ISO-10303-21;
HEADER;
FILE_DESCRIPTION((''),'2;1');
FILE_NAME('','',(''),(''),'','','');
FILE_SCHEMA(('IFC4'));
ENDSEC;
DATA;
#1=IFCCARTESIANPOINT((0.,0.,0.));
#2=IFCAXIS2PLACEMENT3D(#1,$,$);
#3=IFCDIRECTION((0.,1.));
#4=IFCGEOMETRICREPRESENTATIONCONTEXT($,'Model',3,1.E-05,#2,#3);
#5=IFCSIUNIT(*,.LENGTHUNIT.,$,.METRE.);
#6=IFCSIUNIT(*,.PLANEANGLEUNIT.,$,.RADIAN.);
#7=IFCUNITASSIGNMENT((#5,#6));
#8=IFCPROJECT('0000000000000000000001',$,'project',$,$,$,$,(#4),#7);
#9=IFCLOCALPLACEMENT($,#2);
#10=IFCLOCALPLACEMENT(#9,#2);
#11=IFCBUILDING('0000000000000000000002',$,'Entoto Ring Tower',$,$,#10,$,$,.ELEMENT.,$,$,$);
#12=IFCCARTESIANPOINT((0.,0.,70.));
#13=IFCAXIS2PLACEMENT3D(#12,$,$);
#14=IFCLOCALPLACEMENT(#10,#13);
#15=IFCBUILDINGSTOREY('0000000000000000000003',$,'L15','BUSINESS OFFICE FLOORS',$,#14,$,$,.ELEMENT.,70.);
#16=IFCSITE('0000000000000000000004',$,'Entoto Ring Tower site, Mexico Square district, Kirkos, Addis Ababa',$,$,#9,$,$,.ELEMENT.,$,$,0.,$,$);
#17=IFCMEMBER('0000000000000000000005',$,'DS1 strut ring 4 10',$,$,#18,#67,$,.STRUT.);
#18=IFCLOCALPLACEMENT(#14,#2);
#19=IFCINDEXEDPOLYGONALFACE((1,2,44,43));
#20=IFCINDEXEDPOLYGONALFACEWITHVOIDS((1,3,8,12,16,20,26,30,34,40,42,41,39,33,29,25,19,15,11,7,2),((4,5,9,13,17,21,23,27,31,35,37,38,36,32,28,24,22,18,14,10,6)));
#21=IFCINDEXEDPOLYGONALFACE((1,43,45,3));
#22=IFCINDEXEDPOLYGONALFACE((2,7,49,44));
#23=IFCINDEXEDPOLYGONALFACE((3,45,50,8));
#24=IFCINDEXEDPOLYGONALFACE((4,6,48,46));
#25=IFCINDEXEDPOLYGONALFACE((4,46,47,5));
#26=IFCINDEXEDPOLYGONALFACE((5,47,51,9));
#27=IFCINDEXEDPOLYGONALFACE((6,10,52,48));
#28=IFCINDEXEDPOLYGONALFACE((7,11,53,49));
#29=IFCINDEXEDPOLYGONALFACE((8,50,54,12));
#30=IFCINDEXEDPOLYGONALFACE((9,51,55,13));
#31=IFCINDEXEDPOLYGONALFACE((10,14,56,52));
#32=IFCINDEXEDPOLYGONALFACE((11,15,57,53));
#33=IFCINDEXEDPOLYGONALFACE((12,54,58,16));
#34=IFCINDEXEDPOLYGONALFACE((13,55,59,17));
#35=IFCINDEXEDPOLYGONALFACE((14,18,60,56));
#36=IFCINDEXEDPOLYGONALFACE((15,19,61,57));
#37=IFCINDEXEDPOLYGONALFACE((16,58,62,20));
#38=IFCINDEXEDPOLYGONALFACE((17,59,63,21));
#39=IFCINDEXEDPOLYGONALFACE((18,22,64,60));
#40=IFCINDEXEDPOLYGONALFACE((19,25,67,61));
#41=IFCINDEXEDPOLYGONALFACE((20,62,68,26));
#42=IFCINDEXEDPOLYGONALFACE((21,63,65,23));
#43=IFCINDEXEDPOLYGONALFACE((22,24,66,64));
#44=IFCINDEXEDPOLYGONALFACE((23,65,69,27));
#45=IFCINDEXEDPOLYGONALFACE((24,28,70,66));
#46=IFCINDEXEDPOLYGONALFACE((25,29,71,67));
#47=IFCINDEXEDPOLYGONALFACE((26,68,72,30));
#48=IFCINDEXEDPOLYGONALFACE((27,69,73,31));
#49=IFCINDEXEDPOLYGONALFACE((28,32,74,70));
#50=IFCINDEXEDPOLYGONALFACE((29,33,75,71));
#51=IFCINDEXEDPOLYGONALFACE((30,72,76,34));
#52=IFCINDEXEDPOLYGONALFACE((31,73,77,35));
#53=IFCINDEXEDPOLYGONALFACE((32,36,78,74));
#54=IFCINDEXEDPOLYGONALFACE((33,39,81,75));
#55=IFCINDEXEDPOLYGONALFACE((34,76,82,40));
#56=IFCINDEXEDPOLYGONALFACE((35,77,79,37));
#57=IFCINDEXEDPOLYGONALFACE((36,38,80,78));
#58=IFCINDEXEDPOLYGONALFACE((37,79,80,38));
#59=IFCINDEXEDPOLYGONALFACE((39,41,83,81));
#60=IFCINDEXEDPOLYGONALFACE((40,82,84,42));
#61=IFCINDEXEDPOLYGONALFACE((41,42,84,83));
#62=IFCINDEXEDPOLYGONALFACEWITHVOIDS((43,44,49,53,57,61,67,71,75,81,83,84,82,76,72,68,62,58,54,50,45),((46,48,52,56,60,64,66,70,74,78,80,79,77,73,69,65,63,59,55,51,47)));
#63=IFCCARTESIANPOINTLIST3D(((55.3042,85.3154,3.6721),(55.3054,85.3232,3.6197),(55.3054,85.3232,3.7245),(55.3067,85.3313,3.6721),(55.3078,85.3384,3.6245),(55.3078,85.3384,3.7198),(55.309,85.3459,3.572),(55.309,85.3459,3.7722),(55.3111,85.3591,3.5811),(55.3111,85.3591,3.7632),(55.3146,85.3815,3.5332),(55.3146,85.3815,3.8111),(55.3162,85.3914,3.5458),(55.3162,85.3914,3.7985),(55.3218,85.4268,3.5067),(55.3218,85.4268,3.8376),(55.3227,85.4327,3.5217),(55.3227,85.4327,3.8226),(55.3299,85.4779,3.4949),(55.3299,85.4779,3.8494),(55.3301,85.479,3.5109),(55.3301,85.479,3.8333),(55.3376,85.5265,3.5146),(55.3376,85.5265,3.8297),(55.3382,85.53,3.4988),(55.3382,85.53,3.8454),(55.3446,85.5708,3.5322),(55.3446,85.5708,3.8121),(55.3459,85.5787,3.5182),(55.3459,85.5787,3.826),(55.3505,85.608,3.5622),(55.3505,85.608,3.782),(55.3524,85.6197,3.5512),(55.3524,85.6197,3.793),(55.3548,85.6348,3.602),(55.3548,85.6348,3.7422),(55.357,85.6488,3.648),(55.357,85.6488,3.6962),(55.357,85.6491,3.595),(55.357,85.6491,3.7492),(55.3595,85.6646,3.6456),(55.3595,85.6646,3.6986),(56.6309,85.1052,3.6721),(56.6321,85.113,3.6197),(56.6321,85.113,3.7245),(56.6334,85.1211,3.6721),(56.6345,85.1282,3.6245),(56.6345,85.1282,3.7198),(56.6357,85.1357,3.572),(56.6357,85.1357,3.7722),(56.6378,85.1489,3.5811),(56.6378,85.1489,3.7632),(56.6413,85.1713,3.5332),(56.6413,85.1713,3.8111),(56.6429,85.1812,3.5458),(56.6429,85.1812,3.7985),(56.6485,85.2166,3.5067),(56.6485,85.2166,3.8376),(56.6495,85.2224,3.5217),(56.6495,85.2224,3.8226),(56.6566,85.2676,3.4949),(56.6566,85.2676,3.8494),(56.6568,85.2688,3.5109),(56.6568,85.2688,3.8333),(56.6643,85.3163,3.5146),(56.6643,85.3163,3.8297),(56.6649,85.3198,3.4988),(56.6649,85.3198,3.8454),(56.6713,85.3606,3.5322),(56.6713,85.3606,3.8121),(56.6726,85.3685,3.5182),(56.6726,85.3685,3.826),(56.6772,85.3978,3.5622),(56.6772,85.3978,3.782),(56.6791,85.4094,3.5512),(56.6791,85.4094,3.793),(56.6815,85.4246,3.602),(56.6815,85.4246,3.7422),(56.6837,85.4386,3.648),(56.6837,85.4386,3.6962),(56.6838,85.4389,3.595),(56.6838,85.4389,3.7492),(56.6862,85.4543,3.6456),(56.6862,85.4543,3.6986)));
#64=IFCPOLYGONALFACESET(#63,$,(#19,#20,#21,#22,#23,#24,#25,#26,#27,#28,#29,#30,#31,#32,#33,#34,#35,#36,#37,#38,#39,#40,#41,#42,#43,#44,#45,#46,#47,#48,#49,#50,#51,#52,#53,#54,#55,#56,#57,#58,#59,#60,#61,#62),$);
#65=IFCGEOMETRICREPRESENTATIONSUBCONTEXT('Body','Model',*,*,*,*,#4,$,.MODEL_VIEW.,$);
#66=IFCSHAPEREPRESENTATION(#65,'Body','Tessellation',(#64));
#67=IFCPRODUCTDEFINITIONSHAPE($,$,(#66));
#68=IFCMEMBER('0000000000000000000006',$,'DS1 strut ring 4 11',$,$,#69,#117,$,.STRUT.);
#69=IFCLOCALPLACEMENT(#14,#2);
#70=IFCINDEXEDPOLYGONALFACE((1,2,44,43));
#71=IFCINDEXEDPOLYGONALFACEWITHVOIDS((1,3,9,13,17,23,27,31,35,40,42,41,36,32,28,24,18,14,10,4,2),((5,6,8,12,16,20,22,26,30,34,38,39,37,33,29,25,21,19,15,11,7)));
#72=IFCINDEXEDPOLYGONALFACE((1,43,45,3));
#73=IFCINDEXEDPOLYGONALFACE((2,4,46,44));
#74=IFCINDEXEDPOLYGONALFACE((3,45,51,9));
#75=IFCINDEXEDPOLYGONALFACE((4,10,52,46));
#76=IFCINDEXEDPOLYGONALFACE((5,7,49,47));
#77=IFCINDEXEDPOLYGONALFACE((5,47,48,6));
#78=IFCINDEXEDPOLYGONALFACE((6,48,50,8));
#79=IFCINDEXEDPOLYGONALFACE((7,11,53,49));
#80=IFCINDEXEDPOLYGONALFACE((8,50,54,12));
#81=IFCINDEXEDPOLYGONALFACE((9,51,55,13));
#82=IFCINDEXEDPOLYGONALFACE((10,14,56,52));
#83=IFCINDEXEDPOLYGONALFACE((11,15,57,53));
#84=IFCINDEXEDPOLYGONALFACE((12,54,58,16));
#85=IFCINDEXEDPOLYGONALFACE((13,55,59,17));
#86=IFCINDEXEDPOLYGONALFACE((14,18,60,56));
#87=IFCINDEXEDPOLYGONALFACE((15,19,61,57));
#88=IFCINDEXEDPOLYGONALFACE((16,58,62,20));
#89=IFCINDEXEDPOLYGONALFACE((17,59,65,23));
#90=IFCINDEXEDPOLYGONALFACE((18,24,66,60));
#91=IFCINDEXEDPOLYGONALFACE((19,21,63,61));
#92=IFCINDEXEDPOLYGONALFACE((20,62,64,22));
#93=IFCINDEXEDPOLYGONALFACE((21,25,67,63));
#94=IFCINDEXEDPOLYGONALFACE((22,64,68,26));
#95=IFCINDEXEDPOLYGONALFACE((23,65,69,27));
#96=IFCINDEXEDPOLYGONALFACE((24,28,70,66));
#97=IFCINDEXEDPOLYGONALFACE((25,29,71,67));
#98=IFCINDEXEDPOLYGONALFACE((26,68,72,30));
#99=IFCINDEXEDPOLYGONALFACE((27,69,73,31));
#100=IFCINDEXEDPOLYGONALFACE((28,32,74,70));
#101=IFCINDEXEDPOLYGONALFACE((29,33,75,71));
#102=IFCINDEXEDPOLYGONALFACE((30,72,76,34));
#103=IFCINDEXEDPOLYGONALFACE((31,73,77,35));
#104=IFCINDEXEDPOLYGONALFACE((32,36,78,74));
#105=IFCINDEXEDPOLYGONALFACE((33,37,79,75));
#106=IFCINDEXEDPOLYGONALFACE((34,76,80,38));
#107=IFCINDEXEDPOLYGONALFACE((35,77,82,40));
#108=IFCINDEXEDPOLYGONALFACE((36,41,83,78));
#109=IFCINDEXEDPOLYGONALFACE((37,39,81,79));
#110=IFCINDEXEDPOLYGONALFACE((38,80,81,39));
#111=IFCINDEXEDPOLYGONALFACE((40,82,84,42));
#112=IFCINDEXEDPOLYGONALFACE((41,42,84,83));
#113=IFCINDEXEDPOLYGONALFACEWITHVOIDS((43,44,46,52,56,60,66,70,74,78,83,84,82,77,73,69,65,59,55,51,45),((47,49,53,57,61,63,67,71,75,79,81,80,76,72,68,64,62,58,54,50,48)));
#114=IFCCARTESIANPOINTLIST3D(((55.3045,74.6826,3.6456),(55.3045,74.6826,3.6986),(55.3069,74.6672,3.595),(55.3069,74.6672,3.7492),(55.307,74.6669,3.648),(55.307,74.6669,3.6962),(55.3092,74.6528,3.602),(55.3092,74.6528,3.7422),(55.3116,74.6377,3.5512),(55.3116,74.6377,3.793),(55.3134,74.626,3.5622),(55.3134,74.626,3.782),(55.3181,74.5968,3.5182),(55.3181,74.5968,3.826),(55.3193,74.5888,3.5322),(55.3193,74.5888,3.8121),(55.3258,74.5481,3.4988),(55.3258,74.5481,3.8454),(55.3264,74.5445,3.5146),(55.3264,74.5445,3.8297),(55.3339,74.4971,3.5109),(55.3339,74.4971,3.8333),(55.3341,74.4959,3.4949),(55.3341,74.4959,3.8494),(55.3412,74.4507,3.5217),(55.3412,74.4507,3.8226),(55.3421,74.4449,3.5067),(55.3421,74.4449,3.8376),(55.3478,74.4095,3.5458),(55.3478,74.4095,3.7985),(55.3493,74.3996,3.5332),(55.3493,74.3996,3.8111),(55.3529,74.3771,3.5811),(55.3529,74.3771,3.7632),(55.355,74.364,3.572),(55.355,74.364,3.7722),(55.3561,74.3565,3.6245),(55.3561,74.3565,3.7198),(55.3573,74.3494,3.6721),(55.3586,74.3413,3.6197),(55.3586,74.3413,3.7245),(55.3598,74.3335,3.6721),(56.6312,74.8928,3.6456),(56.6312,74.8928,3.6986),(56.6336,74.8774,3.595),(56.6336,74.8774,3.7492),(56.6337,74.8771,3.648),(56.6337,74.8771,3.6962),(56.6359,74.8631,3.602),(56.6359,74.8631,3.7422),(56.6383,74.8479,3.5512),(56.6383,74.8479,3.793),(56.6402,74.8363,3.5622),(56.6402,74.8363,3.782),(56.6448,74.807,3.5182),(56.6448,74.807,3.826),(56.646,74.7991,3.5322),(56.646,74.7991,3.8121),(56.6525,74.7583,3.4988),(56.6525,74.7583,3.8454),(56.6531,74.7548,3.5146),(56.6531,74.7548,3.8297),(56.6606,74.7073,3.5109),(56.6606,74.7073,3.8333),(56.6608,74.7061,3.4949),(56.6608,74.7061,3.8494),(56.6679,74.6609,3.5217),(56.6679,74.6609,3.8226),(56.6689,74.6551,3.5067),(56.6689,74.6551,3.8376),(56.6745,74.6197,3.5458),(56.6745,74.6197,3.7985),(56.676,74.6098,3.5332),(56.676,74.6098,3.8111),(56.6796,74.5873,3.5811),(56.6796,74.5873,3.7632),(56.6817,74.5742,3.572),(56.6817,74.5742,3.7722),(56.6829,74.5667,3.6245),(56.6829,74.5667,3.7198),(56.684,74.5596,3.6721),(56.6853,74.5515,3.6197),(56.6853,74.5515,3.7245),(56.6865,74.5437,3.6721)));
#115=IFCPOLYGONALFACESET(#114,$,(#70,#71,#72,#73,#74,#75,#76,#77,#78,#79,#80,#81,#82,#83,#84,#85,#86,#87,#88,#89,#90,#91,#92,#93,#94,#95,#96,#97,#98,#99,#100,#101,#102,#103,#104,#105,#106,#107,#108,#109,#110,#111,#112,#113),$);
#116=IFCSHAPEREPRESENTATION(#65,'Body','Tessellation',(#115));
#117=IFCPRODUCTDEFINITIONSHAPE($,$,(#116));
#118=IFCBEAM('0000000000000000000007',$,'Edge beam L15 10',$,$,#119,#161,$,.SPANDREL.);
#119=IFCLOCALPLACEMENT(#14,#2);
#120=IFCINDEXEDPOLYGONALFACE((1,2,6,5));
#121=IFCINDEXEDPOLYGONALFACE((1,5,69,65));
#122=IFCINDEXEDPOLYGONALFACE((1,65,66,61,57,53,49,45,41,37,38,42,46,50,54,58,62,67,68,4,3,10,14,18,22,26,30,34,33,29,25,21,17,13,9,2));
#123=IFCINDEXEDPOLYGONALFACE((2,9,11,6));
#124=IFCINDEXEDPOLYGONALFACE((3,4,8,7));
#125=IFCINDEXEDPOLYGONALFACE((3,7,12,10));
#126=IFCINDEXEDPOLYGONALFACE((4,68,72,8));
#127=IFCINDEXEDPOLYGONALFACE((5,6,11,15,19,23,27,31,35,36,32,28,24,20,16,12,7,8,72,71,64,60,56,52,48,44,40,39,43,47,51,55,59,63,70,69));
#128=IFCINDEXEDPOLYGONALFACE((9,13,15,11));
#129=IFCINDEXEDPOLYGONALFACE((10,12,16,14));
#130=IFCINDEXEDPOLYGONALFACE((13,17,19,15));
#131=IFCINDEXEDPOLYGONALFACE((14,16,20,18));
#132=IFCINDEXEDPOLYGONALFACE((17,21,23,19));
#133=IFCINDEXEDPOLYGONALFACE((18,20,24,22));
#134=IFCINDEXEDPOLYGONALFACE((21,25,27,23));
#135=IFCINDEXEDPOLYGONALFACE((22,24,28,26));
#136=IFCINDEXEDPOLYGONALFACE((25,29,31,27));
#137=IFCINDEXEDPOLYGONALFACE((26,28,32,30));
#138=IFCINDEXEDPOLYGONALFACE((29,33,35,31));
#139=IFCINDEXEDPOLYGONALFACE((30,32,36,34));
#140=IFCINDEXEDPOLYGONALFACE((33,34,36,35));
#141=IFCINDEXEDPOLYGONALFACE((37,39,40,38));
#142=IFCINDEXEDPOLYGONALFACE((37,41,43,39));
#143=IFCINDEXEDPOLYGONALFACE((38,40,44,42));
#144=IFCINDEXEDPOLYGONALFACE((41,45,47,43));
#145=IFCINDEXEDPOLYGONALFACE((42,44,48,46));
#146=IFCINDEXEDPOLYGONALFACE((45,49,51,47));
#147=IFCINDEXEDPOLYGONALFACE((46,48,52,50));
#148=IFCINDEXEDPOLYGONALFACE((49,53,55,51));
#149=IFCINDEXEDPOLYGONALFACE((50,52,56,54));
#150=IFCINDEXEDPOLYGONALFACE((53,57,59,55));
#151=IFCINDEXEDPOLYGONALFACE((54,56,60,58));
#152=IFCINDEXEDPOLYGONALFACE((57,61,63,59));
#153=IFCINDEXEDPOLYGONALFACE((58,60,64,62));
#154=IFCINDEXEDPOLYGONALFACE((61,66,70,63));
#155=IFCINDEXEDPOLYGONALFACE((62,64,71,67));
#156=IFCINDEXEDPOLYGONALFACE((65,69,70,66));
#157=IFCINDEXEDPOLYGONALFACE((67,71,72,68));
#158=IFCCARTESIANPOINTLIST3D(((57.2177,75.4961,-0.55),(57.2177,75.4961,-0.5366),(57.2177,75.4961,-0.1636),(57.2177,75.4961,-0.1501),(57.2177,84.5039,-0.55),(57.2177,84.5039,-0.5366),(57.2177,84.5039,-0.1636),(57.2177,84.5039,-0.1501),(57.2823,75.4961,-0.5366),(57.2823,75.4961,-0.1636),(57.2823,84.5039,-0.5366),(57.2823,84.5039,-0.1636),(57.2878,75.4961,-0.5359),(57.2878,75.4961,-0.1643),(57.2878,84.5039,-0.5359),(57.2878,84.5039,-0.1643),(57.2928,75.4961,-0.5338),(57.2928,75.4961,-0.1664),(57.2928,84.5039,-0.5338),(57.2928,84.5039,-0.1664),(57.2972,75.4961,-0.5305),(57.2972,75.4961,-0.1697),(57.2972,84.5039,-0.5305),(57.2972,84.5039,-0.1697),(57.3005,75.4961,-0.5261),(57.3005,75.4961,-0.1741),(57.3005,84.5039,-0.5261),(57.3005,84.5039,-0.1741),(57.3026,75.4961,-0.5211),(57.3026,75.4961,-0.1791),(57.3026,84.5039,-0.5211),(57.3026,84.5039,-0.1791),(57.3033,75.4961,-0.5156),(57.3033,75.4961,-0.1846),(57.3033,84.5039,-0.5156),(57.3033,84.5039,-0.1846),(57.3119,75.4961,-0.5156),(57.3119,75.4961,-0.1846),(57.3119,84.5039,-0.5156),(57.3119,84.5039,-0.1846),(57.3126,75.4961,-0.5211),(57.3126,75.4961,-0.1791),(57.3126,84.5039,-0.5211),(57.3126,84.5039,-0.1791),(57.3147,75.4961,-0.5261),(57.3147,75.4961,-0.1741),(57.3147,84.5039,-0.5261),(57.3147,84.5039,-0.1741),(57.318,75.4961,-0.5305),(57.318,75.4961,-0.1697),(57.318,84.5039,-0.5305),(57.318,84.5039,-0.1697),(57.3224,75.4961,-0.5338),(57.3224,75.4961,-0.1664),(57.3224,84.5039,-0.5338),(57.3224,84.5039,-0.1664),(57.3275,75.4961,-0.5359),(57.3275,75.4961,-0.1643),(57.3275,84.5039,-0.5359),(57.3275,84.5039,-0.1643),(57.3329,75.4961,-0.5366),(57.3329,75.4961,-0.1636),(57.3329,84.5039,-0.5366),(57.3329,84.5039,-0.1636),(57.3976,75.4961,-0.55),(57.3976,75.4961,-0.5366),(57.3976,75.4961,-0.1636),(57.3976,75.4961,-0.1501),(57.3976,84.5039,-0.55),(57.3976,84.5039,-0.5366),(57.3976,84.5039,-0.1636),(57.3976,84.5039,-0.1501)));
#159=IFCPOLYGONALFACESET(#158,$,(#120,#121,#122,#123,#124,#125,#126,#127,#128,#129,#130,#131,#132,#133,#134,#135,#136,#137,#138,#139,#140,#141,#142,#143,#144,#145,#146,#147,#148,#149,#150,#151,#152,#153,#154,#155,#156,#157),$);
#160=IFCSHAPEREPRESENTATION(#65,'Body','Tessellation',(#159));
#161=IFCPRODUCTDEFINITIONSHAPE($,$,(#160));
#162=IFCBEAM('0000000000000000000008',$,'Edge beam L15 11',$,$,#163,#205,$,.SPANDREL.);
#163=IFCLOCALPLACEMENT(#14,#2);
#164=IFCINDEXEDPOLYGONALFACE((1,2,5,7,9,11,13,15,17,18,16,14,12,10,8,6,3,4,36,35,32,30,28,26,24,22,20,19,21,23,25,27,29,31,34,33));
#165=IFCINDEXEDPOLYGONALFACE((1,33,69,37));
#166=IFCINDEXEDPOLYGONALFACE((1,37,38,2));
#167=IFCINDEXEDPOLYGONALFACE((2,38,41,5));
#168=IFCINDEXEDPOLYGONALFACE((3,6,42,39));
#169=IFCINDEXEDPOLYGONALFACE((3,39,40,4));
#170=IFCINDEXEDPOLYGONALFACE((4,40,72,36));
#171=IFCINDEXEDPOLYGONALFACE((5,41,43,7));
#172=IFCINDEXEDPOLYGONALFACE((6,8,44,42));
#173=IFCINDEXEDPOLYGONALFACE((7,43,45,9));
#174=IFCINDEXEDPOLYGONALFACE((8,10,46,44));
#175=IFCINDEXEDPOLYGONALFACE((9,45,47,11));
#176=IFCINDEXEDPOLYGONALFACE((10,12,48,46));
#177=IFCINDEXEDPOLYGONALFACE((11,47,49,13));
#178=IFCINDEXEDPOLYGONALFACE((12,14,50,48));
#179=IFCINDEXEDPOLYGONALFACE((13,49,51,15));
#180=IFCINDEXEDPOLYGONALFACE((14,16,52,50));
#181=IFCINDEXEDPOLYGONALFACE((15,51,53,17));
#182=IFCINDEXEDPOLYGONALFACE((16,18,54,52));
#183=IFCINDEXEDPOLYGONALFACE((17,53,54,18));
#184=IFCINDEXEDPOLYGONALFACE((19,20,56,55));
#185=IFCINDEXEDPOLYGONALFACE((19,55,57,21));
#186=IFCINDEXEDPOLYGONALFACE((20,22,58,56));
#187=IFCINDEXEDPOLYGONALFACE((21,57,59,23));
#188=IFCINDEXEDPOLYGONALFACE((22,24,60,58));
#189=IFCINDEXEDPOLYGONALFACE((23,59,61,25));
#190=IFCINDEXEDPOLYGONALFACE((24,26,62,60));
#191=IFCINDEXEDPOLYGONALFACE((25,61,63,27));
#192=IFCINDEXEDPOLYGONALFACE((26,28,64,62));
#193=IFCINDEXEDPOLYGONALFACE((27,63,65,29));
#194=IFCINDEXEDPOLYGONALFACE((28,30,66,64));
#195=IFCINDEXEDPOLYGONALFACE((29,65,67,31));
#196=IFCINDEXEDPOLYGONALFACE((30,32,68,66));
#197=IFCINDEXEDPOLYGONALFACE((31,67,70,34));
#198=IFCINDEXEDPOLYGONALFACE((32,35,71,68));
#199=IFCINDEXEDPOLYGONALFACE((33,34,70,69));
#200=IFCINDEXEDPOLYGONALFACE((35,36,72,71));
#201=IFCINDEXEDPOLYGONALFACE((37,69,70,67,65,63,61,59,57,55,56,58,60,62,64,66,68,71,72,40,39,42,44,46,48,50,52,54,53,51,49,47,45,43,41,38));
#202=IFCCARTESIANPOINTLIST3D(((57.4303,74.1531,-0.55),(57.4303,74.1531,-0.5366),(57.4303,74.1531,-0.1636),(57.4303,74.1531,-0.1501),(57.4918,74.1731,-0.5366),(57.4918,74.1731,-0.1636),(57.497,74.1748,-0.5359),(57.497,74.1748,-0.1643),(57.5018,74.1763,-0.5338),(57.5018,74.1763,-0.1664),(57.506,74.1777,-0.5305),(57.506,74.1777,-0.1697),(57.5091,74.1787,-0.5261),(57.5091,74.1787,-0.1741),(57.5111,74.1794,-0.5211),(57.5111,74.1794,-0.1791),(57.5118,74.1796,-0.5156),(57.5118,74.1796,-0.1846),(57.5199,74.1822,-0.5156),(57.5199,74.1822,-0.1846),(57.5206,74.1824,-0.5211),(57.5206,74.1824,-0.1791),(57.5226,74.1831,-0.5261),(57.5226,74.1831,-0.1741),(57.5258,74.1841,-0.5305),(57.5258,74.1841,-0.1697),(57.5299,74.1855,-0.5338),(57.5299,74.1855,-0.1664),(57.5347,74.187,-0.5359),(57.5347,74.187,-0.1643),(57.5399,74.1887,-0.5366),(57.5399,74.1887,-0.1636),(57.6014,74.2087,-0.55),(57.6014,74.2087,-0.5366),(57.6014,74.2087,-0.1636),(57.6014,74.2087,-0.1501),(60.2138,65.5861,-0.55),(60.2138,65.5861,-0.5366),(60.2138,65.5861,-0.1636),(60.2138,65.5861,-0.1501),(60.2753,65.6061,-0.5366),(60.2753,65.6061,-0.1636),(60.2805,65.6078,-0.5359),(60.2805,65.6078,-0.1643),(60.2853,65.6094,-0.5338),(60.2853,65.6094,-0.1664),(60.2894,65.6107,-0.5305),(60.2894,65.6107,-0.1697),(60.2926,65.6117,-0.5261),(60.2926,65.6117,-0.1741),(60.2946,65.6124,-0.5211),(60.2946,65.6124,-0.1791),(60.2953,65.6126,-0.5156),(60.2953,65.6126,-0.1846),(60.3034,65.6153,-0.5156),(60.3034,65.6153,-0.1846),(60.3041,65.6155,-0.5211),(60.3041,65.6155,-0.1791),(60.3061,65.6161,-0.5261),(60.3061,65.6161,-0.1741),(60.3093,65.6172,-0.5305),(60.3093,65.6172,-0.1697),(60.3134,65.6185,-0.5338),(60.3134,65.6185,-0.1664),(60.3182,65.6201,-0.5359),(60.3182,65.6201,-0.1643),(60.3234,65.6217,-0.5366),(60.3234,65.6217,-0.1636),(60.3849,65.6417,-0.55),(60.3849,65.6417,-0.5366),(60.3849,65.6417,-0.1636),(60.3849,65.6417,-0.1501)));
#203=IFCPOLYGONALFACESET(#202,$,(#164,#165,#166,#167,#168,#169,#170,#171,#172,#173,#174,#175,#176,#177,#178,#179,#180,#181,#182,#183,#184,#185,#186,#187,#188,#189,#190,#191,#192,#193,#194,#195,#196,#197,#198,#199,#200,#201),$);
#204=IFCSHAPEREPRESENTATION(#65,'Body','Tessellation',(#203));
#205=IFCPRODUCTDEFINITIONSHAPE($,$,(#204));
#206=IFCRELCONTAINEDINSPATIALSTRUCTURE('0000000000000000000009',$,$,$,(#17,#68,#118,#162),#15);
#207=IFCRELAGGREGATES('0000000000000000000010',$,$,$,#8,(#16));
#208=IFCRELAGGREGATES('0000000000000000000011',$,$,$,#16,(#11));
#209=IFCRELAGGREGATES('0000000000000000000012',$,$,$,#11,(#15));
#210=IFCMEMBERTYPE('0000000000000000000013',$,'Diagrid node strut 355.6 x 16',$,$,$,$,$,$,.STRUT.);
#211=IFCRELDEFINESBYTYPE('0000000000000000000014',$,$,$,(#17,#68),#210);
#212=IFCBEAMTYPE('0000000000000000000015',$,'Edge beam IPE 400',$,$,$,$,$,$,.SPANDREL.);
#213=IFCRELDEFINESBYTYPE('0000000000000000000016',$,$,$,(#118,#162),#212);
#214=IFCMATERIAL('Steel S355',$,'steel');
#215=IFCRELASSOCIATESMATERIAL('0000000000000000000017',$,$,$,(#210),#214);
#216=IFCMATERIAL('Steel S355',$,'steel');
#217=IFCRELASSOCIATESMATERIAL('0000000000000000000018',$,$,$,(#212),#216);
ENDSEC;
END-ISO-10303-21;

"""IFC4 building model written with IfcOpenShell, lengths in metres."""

from ifc_helpers import new_model, si_unit, direction, frame, origin, origin_2d, place, context, subcontext, project, spatial, circle, hollow_circle, i_section, extrude, material, material_profile, profile_set, type_object, element, save


model = new_model("IFC4")

# Units and contexts
model_context = context("Model", 3, precision=1e-05, world=origin(), true_north=direction((0.0, 1.0)))
body_context = subcontext(model_context, "Body", "Model", "MODEL_VIEW")
ifc_project = project(units=[si_unit("LENGTHUNIT", "METRE"), si_unit("PLANEANGLEUNIT", "RADIAN")], contexts=[model_context])

# Site, building, storey
site_placement = place(None, origin())
site = spatial("IfcSite", under=ifc_project, at=site_placement, Name="Entoto Ring Tower site, Mexico Square district, Kirkos, Addis Ababa", CompositionType="ELEMENT", RefElevation=0.0)
building_placement = place(site_placement, origin())
building = spatial("IfcBuilding", under=site, at=building_placement, Name="Entoto Ring Tower", CompositionType="ELEMENT")
storey_placement = place(building_placement, frame((0.0, 0.0, 70.0)))
storey = spatial("IfcBuildingStorey", under=building, at=storey_placement, Name="L15", Description="BUSINESS OFFICE FLOORS", CompositionType="ELEMENT", Elevation=70.0)

# Members
ifc_material_1 = material(Name="Steel S355", Category="steel")
ifc_material_profile_1 = material_profile(ifc_material_1, hollow_circle(Radius=0.1777, WallThickness=0.0161, at=origin_2d()), Name="CHS 355.6 x 16")
ifc_material_2 = material(Name="Concrete C60/75", Category="concrete")
ifc_material_profile_2 = material_profile(ifc_material_2, circle(Radius=0.1619, at=origin_2d()), Name="Concrete C60/75 infill")
ifc_profile_set_1 = profile_set([ifc_material_profile_1, ifc_material_profile_2], Name="Steel S355")
member_type = type_object("IfcMemberType", Name="Diagrid node strut 355.6 x 16", PredefinedType="STRUT", material=ifc_profile_set_1)
for number, where, z_axis, x_axis, name in (
    (1, (56.6587, 85.2808, 3.6721), (-0.987679, 0.156495, 0.0), (-0.156495, -0.987679, 0.0), "DS1 strut ring 4 10"),
    (2, (56.6587, 74.7192, 3.6721), (-0.987679, -0.156495, 0.0), (0.156495, -0.987679, 0.0), "DS1 strut ring 4 11"),
):
    element("IfcMember", number, at=place(storey_placement, frame(where, z_axis=z_axis, x_axis=x_axis)), inside=storey, type_object=member_type, Name=name, PredefinedType="STRUT", context=body_context, shape_type="SweptSolid", body=[
        extrude(hollow_circle(Radius=0.1777, WallThickness=0.0161, at=origin_2d()), origin(), (0.0, 0.0, 1.0), 1.3433),
    ])

# Beams
ifc_material_3 = material(Name="Steel S355", Category="steel")
ifc_material_profile_3 = material_profile(ifc_material_3, i_section(OverallWidth=0.1799, OverallDepth=0.3999, WebThickness=0.0085, FlangeThickness=0.0134, FilletRadius=0.021, at=origin_2d()), Name="IPE 400")
ifc_profile_set_2 = profile_set([ifc_material_profile_3], Name="Steel S355")
beam_type_1 = type_object("IfcBeamType", Name="Edge beam IPE 400", PredefinedType="SPANDREL", material=ifc_profile_set_2)
for number, where, z_axis, x_axis, name in (
    (3, (57.3076, 84.5039, -0.3501), (0.0, -1.0, 0.0), (1.0, 0.0, 0.0), "Edge beam L15 10"),
    (4, (57.5159, 74.1809, -0.3501), (0.309006, -0.95106, 0.0), (0.95106, 0.309006, 0.0), "Edge beam L15 11"),
):
    element("IfcBeam", number, at=place(storey_placement, frame(where, z_axis=z_axis, x_axis=x_axis)), inside=storey, type_object=beam_type_1, Name=name, PredefinedType="SPANDREL", context=body_context, shape_type="SweptSolid", body=[
        extrude(i_section(OverallWidth=0.1799, OverallDepth=0.3999, WebThickness=0.0085, FlangeThickness=0.0134, FilletRadius=0.021, at=origin_2d()), origin(), (0.0, 0.0, 1.0), 9.0078),
    ])

save(model, "model.ifc")
